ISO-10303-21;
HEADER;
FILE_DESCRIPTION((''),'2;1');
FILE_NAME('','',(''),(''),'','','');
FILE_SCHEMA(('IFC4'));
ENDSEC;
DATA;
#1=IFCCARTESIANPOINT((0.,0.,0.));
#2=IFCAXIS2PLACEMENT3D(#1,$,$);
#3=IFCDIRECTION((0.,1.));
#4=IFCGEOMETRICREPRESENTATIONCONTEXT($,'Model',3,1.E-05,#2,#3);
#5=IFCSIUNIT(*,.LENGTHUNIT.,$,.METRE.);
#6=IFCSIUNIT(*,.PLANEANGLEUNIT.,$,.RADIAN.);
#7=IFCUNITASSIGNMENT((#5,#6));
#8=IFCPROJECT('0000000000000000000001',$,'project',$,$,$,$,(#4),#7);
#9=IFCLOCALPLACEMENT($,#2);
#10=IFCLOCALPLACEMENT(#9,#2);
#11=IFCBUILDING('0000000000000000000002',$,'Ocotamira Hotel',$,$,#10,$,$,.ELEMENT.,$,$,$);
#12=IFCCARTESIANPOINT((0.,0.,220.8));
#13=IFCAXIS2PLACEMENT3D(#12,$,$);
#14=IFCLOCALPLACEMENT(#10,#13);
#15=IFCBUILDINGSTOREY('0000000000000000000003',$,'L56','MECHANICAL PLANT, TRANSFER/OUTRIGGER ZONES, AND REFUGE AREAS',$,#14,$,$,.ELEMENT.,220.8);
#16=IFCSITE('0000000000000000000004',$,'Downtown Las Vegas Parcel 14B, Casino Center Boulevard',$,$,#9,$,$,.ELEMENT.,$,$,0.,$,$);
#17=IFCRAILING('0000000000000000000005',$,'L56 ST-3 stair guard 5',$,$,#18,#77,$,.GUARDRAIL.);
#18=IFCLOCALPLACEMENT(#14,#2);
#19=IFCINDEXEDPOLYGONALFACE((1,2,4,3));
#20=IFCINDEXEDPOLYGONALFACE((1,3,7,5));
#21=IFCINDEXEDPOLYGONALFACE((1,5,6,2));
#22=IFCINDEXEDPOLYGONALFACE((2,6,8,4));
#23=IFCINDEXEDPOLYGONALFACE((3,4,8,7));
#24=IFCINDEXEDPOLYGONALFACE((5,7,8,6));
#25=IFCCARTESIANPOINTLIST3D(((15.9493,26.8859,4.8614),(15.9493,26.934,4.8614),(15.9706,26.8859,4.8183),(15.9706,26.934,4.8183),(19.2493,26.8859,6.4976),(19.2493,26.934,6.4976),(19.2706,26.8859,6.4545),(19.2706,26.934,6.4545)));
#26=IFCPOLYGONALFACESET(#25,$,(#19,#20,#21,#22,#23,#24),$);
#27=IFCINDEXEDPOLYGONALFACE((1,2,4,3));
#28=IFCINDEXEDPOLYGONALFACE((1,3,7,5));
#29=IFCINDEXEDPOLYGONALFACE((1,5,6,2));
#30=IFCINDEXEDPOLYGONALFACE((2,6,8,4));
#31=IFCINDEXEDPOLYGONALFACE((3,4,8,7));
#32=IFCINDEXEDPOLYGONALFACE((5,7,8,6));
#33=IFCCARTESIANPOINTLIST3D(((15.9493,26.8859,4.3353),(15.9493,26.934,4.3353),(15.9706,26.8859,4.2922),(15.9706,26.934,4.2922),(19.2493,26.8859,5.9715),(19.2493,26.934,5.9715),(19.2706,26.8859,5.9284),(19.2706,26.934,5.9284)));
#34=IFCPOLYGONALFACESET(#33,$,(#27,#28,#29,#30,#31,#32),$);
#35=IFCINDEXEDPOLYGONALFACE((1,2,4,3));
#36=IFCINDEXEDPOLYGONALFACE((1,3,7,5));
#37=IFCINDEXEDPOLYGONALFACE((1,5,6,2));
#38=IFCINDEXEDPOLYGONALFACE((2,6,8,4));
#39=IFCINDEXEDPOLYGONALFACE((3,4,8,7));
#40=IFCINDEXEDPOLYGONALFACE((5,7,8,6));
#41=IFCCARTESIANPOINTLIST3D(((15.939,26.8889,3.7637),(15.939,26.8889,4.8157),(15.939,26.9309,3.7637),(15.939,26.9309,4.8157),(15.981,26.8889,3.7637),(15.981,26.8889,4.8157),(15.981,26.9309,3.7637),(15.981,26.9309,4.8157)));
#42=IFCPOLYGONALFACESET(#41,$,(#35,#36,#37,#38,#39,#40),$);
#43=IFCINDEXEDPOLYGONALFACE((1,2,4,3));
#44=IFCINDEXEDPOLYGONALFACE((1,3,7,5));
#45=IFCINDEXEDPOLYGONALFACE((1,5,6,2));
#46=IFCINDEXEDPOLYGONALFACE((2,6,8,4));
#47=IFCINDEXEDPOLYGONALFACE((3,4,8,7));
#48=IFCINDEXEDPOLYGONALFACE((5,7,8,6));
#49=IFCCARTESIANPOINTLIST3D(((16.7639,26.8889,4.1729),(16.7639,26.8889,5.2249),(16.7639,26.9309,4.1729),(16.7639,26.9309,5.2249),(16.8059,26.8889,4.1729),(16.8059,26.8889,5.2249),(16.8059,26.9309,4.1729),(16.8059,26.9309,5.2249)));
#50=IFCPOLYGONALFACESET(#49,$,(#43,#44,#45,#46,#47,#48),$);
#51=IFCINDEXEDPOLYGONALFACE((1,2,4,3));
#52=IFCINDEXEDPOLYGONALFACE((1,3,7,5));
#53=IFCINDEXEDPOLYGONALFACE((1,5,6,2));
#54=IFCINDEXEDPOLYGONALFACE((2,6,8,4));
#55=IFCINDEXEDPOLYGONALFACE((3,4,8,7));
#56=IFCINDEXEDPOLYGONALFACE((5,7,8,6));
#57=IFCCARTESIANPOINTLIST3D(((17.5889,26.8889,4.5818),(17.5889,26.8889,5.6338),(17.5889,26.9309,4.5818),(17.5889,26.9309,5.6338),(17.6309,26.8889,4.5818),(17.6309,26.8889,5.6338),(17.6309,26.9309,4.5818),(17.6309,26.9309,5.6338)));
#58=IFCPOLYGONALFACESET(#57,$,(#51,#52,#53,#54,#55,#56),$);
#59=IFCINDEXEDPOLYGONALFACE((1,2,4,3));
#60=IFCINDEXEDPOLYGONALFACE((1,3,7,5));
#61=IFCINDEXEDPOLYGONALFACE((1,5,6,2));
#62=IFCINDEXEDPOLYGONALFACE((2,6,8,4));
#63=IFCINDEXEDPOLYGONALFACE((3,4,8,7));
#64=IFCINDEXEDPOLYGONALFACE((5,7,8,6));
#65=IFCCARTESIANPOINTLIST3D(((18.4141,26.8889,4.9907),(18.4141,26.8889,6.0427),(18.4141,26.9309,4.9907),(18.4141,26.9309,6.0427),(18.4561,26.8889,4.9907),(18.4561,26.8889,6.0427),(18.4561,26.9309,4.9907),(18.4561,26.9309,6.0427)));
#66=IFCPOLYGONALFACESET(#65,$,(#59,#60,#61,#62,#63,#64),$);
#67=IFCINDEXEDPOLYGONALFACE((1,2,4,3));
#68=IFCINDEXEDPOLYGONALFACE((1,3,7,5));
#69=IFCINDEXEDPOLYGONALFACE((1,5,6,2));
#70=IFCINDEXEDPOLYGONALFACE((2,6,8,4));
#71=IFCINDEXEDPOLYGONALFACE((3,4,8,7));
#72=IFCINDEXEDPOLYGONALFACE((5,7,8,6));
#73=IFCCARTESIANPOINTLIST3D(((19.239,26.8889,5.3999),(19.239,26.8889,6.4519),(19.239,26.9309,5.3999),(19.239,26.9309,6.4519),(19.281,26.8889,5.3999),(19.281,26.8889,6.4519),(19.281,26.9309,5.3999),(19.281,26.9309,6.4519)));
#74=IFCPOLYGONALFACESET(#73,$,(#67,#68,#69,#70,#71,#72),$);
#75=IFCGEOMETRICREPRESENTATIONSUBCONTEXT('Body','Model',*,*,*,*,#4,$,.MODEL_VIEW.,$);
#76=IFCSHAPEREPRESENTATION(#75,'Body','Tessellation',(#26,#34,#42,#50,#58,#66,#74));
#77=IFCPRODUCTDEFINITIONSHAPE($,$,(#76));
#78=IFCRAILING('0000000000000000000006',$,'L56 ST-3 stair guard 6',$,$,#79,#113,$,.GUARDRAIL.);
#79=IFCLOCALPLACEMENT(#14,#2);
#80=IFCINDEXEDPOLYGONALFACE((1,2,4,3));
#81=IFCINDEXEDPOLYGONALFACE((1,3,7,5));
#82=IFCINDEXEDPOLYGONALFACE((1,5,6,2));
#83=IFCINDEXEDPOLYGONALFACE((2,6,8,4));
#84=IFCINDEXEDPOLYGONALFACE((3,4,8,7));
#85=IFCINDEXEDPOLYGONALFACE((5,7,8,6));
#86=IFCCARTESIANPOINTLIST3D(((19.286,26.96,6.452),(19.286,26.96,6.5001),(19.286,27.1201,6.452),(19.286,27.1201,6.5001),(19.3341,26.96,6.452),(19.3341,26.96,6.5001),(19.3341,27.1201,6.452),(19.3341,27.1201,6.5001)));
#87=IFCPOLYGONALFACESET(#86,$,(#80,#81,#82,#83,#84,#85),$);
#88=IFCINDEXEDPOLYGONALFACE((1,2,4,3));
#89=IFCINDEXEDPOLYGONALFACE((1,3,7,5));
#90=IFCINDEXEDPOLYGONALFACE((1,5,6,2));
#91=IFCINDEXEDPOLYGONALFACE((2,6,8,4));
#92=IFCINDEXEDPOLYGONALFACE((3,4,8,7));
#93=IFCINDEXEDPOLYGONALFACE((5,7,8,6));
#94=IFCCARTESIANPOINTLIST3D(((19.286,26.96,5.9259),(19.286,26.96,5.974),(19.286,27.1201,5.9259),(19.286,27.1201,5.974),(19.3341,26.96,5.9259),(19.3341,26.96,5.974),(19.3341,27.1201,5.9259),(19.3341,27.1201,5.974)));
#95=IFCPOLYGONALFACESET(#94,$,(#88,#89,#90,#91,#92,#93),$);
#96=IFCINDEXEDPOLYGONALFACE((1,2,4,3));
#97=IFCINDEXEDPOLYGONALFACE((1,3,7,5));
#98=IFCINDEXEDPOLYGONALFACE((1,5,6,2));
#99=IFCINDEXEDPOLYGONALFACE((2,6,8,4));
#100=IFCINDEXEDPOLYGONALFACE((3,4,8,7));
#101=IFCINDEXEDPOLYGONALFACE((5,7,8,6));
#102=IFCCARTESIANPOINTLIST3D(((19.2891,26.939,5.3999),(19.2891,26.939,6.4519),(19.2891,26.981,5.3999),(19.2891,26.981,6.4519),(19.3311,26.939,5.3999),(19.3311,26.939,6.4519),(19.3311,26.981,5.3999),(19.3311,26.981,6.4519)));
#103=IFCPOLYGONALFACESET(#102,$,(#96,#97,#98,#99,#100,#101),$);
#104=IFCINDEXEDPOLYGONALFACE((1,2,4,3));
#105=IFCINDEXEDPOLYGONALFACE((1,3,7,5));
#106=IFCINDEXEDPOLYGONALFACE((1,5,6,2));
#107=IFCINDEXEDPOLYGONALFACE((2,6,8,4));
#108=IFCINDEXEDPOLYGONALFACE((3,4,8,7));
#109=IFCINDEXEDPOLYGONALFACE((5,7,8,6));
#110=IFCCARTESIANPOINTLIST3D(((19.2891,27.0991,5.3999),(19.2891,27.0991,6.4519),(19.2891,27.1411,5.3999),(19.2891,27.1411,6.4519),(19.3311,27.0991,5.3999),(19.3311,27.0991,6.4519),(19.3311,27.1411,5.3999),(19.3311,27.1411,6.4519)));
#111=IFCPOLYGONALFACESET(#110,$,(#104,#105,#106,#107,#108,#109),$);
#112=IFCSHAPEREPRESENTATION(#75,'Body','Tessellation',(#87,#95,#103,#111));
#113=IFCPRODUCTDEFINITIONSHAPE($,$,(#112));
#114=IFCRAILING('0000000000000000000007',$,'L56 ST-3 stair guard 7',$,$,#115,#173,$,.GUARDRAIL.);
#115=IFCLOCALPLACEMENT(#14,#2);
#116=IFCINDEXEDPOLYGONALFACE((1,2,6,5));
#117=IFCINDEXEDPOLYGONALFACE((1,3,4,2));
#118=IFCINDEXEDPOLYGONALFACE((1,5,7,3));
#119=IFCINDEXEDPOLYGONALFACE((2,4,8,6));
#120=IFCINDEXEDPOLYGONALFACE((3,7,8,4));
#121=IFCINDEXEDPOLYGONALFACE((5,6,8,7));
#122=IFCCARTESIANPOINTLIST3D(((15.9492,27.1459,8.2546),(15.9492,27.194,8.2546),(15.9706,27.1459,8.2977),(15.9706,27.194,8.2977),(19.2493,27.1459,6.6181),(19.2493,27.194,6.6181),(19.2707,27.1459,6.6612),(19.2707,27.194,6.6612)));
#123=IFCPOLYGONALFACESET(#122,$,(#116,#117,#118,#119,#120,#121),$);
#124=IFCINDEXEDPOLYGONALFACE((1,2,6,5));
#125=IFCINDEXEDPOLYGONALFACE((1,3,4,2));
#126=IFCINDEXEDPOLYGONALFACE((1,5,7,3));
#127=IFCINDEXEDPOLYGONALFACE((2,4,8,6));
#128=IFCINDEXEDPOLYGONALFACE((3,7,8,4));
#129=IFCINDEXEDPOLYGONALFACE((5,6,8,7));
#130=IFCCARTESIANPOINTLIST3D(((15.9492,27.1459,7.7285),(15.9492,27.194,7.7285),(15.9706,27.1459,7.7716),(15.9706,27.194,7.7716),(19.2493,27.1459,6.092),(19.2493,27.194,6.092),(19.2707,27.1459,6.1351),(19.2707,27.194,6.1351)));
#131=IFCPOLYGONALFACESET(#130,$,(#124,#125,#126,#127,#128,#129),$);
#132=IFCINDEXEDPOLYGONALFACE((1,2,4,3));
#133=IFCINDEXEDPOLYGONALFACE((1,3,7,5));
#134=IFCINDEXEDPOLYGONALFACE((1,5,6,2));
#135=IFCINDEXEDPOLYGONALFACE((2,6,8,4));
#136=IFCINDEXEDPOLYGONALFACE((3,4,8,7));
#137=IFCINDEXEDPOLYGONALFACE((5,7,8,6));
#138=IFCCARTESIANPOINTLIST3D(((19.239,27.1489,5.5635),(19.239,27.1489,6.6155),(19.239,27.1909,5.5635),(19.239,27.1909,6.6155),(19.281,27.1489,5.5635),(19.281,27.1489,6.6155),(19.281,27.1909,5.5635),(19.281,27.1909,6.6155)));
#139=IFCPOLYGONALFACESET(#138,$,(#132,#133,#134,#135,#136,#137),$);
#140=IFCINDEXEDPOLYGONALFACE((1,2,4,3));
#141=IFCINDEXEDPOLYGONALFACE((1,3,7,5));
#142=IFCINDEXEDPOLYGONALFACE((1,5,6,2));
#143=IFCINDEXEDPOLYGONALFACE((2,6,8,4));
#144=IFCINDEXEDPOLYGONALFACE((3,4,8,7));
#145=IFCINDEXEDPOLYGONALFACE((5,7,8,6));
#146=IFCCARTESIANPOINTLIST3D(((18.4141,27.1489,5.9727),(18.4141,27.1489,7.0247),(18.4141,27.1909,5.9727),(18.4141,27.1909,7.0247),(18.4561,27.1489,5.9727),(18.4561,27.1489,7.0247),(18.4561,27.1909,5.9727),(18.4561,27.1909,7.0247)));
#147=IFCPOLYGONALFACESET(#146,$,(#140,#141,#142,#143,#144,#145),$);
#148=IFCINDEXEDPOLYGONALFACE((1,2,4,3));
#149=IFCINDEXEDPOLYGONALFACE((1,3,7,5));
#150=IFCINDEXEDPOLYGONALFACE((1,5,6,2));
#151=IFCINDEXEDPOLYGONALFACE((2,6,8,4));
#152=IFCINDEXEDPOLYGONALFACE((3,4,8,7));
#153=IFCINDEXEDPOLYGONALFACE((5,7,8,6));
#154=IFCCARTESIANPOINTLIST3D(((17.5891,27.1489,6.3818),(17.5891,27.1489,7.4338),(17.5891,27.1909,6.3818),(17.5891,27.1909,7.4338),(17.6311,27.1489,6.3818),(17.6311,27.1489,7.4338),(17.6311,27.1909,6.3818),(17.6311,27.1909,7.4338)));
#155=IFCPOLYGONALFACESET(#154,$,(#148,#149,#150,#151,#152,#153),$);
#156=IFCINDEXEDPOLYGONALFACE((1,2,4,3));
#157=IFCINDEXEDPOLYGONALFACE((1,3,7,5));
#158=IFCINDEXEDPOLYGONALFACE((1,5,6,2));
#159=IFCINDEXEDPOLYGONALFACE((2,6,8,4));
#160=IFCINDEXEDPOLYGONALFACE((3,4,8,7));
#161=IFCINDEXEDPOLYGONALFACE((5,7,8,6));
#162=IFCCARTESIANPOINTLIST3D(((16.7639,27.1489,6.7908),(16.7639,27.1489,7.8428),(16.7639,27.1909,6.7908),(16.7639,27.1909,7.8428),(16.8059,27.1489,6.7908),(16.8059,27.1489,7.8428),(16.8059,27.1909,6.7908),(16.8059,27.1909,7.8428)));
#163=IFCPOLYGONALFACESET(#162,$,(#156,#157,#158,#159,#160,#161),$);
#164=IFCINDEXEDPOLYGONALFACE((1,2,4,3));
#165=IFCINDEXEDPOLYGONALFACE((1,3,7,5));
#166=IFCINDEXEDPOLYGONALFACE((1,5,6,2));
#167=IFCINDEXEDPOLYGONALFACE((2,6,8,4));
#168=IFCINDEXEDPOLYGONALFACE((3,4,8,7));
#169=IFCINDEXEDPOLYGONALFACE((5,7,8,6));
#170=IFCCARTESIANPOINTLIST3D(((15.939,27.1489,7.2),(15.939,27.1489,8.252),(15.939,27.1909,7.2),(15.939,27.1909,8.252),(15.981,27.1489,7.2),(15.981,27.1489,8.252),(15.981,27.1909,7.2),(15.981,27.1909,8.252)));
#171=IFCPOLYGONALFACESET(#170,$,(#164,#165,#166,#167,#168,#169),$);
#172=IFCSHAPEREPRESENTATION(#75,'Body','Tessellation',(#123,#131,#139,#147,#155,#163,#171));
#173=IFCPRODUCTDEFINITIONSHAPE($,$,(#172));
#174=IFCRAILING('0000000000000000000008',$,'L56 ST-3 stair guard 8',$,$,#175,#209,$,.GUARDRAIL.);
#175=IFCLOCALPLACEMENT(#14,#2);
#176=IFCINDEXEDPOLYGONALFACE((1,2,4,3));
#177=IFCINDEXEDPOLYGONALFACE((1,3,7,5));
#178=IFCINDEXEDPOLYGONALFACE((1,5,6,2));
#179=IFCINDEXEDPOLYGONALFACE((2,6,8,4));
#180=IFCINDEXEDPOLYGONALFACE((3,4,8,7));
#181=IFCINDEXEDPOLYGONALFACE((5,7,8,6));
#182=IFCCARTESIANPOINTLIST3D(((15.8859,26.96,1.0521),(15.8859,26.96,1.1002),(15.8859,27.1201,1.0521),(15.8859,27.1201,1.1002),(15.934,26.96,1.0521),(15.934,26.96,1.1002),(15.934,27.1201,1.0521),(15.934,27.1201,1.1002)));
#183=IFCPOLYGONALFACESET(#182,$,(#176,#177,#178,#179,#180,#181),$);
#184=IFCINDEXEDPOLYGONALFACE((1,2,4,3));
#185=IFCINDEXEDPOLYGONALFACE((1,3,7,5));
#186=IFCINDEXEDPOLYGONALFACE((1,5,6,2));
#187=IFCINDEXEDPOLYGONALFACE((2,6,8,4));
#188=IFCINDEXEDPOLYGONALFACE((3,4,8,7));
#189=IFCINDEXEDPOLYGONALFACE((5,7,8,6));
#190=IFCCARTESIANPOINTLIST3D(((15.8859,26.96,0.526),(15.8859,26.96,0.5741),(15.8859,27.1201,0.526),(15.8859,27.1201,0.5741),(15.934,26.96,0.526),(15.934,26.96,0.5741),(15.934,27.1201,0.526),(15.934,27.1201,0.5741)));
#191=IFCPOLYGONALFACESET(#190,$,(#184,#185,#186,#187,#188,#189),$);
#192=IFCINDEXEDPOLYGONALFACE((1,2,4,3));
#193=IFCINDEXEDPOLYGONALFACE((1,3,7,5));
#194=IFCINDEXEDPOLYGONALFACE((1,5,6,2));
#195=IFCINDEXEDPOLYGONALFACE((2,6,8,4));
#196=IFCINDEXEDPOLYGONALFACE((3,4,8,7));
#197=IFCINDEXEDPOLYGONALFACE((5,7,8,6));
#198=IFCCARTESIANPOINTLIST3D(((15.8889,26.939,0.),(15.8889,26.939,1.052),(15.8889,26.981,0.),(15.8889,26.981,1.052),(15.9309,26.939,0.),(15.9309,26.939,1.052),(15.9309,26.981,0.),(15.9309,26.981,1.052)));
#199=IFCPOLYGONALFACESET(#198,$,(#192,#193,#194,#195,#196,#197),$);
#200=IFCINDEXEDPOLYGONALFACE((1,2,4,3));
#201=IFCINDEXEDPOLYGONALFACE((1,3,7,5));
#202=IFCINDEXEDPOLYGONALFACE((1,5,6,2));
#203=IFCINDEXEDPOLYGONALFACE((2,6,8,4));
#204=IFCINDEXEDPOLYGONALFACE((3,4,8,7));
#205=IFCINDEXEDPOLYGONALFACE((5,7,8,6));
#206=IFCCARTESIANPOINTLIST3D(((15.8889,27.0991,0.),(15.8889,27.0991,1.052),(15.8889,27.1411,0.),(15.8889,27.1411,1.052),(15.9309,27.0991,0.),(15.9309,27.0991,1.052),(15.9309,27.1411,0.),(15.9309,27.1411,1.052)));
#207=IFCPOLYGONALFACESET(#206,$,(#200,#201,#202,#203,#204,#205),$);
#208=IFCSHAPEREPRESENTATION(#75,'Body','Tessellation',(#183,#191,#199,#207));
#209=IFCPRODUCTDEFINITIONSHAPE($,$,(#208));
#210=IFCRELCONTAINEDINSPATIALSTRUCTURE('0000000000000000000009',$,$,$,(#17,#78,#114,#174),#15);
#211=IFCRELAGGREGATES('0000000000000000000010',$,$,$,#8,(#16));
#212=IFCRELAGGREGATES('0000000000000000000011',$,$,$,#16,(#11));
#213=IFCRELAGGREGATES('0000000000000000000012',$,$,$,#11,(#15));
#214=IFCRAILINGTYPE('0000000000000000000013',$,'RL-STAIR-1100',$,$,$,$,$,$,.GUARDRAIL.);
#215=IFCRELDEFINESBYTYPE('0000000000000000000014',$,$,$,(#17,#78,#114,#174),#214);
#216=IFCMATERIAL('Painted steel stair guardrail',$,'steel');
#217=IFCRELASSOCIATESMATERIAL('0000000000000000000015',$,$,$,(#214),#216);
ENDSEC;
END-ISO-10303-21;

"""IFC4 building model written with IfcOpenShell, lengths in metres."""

from ifc_helpers import new_model, si_unit, direction, frame, origin, origin_2d, place, context, subcontext, project, spatial, rectangle, extrude, material, type_object, element, save


model = new_model("IFC4")

# Units and contexts
model_context = context("Model", 3, precision=1e-05, world=origin(), true_north=direction((0.0, 1.0)))
body_context = subcontext(model_context, "Body", "Model", "MODEL_VIEW")
ifc_project = project(units=[si_unit("LENGTHUNIT", "METRE"), si_unit("PLANEANGLEUNIT", "RADIAN")], contexts=[model_context])

# Site, building, storey
site_placement = place(None, origin())
site = spatial("IfcSite", under=ifc_project, at=site_placement, Name="Downtown Las Vegas Parcel 14B, Casino Center Boulevard", CompositionType="ELEMENT", RefElevation=0.0)
building_placement = place(site_placement, origin())
building = spatial("IfcBuilding", under=site, at=building_placement, Name="Ocotamira Hotel", CompositionType="ELEMENT")
storey_placement = place(building_placement, frame((0.0, 0.0, 220.8)))
storey = spatial("IfcBuildingStorey", under=building, at=storey_placement, Name="L56", Description="MECHANICAL PLANT, TRANSFER/OUTRIGGER ZONES, AND REFUGE AREAS", CompositionType="ELEMENT", Elevation=220.8)

# Railings
ifc_material_1 = material(Name="Painted steel stair guardrail", Category="steel")
railing_type_1 = type_object("IfcRailingType", Name="RL-STAIR-1100", PredefinedType="GUARDRAIL", material=ifc_material_1)
railing_1_placement = place(storey_placement, frame((15.96, 26.9099, 3.7637)))
element("IfcRailing", 1, at=railing_1_placement, inside=storey, type_object=railing_type_1, Name="L56 ST-3 stair guard 5", PredefinedType="GUARDRAIL", context=body_context, shape_type="SweptSolid", body=[
    extrude(rectangle(XDim=0.0481, YDim=0.0481, at=origin_2d()), frame((0.0, 0.0, 1.0762), z_axis=(0.89592, 0.0, 0.444215), x_axis=(0.0, 1.0, 0.0)), (0.0, 0.0, 1.0), 3.6833),
    extrude(rectangle(XDim=0.0481, YDim=0.0481, at=origin_2d()), frame((0.0, 0.0, 0.55), z_axis=(0.89592, 0.0, 0.444215), x_axis=(0.0, 1.0, 0.0)), (0.0, 0.0, 1.0), 3.6833),
    extrude(rectangle(XDim=0.042, YDim=0.042, at=origin_2d()), origin(), (0.0, 0.0, 1.0), 1.052),
    extrude(rectangle(XDim=0.042, YDim=0.042, at=origin_2d()), frame((0.825, 0.0, 0.4092)), (0.0, 0.0, 1.0), 1.052),
    extrude(rectangle(XDim=0.042, YDim=0.042, at=origin_2d()), frame((1.6499, 0.0, 0.8181)), (0.0, 0.0, 1.0), 1.052),
    extrude(rectangle(XDim=0.042, YDim=0.042, at=origin_2d()), frame((2.4751, 0.0, 1.2271)), (0.0, 0.0, 1.0), 1.052),
    extrude(rectangle(XDim=0.042, YDim=0.042, at=origin_2d()), frame((3.3, 0.0, 1.6362)), (0.0, 0.0, 1.0), 1.052),
])
railing_2_placement = place(storey_placement, frame((19.3101, 26.96, 5.3999)))
element("IfcRailing", 2, at=railing_2_placement, inside=storey, type_object=railing_type_1, Name="L56 ST-3 stair guard 6", PredefinedType="GUARDRAIL", context=body_context, shape_type="SweptSolid", body=[
    extrude(rectangle(XDim=0.0481, YDim=0.0481, at=origin_2d()), frame((0.0, 0.0, 1.0762), z_axis=(0.0, 1.0, 0.0), x_axis=(-1.0, 0.0, 0.0)), (0.0, 0.0, 1.0), 0.1602),
    extrude(rectangle(XDim=0.0481, YDim=0.0481, at=origin_2d()), frame((0.0, 0.0, 0.55), z_axis=(0.0, 1.0, 0.0), x_axis=(-1.0, 0.0, 0.0)), (0.0, 0.0, 1.0), 0.1602),
    extrude(rectangle(XDim=0.042, YDim=0.042, at=origin_2d()), origin(), (0.0, 0.0, 1.0), 1.052),
    extrude(rectangle(XDim=0.042, YDim=0.042, at=origin_2d()), frame((0.0, 0.1602, 0.0)), (0.0, 0.0, 1.0), 1.052),
])
railing_3_placement = place(storey_placement, frame((19.26, 27.1699, 5.5635)))
element("IfcRailing", 3, at=railing_3_placement, inside=storey, type_object=railing_type_1, Name="L56 ST-3 stair guard 7", PredefinedType="GUARDRAIL", context=body_context, shape_type="SweptSolid", body=[
    extrude(rectangle(XDim=0.0481, YDim=0.0481, at=origin_2d()), frame((0.0, 0.0, 1.0762), z_axis=(-0.895894, 0.0, 0.444268), x_axis=(0.0, -1.0, 0.0)), (0.0, 0.0, 1.0), 3.6836),
    extrude(rectangle(XDim=0.0481, YDim=0.0481, at=origin_2d()), frame((0.0, 0.0, 0.55), z_axis=(-0.895894, 0.0, 0.444268), x_axis=(0.0, -1.0, 0.0)), (0.0, 0.0, 1.0), 3.6836),
    extrude(rectangle(XDim=0.042, YDim=0.042, at=origin_2d()), origin(), (0.0, 0.0, 1.0), 1.052),
    extrude(rectangle(XDim=0.042, YDim=0.042, at=origin_2d()), frame((-0.825, 0.0, 0.4092)), (0.0, 0.0, 1.0), 1.052),
    extrude(rectangle(XDim=0.042, YDim=0.042, at=origin_2d()), frame((-1.6499, 0.0, 0.8184)), (0.0, 0.0, 1.0), 1.052),
    extrude(rectangle(XDim=0.042, YDim=0.042, at=origin_2d()), frame((-2.4751, 0.0, 1.2273)), (0.0, 0.0, 1.0), 1.052),
    extrude(rectangle(XDim=0.042, YDim=0.042, at=origin_2d()), frame((-3.3, 0.0, 1.6365)), (0.0, 0.0, 1.0), 1.052),
])
railing_4_placement = place(storey_placement, frame((15.9099, 26.96, 0.0)))
element("IfcRailing", 4, at=railing_4_placement, inside=storey, type_object=railing_type_1, Name="L56 ST-3 stair guard 8", PredefinedType="GUARDRAIL", context=body_context, shape_type="SweptSolid", body=[
    extrude(rectangle(XDim=0.0481, YDim=0.0481, at=origin_2d()), frame((0.0, 0.0, 1.0762), z_axis=(0.0, 1.0, 0.0), x_axis=(-1.0, 0.0, 0.0)), (0.0, 0.0, 1.0), 0.1602),
    extrude(rectangle(XDim=0.0481, YDim=0.0481, at=origin_2d()), frame((0.0, 0.0, 0.55), z_axis=(0.0, 1.0, 0.0), x_axis=(-1.0, 0.0, 0.0)), (0.0, 0.0, 1.0), 0.1602),
    extrude(rectangle(XDim=0.042, YDim=0.042, at=origin_2d()), origin(), (0.0, 0.0, 1.0), 1.052),
    extrude(rectangle(XDim=0.042, YDim=0.042, at=origin_2d()), frame((0.0, 0.1602, 0.0)), (0.0, 0.0, 1.0), 1.052),
])

save(model, "model.ifc")
